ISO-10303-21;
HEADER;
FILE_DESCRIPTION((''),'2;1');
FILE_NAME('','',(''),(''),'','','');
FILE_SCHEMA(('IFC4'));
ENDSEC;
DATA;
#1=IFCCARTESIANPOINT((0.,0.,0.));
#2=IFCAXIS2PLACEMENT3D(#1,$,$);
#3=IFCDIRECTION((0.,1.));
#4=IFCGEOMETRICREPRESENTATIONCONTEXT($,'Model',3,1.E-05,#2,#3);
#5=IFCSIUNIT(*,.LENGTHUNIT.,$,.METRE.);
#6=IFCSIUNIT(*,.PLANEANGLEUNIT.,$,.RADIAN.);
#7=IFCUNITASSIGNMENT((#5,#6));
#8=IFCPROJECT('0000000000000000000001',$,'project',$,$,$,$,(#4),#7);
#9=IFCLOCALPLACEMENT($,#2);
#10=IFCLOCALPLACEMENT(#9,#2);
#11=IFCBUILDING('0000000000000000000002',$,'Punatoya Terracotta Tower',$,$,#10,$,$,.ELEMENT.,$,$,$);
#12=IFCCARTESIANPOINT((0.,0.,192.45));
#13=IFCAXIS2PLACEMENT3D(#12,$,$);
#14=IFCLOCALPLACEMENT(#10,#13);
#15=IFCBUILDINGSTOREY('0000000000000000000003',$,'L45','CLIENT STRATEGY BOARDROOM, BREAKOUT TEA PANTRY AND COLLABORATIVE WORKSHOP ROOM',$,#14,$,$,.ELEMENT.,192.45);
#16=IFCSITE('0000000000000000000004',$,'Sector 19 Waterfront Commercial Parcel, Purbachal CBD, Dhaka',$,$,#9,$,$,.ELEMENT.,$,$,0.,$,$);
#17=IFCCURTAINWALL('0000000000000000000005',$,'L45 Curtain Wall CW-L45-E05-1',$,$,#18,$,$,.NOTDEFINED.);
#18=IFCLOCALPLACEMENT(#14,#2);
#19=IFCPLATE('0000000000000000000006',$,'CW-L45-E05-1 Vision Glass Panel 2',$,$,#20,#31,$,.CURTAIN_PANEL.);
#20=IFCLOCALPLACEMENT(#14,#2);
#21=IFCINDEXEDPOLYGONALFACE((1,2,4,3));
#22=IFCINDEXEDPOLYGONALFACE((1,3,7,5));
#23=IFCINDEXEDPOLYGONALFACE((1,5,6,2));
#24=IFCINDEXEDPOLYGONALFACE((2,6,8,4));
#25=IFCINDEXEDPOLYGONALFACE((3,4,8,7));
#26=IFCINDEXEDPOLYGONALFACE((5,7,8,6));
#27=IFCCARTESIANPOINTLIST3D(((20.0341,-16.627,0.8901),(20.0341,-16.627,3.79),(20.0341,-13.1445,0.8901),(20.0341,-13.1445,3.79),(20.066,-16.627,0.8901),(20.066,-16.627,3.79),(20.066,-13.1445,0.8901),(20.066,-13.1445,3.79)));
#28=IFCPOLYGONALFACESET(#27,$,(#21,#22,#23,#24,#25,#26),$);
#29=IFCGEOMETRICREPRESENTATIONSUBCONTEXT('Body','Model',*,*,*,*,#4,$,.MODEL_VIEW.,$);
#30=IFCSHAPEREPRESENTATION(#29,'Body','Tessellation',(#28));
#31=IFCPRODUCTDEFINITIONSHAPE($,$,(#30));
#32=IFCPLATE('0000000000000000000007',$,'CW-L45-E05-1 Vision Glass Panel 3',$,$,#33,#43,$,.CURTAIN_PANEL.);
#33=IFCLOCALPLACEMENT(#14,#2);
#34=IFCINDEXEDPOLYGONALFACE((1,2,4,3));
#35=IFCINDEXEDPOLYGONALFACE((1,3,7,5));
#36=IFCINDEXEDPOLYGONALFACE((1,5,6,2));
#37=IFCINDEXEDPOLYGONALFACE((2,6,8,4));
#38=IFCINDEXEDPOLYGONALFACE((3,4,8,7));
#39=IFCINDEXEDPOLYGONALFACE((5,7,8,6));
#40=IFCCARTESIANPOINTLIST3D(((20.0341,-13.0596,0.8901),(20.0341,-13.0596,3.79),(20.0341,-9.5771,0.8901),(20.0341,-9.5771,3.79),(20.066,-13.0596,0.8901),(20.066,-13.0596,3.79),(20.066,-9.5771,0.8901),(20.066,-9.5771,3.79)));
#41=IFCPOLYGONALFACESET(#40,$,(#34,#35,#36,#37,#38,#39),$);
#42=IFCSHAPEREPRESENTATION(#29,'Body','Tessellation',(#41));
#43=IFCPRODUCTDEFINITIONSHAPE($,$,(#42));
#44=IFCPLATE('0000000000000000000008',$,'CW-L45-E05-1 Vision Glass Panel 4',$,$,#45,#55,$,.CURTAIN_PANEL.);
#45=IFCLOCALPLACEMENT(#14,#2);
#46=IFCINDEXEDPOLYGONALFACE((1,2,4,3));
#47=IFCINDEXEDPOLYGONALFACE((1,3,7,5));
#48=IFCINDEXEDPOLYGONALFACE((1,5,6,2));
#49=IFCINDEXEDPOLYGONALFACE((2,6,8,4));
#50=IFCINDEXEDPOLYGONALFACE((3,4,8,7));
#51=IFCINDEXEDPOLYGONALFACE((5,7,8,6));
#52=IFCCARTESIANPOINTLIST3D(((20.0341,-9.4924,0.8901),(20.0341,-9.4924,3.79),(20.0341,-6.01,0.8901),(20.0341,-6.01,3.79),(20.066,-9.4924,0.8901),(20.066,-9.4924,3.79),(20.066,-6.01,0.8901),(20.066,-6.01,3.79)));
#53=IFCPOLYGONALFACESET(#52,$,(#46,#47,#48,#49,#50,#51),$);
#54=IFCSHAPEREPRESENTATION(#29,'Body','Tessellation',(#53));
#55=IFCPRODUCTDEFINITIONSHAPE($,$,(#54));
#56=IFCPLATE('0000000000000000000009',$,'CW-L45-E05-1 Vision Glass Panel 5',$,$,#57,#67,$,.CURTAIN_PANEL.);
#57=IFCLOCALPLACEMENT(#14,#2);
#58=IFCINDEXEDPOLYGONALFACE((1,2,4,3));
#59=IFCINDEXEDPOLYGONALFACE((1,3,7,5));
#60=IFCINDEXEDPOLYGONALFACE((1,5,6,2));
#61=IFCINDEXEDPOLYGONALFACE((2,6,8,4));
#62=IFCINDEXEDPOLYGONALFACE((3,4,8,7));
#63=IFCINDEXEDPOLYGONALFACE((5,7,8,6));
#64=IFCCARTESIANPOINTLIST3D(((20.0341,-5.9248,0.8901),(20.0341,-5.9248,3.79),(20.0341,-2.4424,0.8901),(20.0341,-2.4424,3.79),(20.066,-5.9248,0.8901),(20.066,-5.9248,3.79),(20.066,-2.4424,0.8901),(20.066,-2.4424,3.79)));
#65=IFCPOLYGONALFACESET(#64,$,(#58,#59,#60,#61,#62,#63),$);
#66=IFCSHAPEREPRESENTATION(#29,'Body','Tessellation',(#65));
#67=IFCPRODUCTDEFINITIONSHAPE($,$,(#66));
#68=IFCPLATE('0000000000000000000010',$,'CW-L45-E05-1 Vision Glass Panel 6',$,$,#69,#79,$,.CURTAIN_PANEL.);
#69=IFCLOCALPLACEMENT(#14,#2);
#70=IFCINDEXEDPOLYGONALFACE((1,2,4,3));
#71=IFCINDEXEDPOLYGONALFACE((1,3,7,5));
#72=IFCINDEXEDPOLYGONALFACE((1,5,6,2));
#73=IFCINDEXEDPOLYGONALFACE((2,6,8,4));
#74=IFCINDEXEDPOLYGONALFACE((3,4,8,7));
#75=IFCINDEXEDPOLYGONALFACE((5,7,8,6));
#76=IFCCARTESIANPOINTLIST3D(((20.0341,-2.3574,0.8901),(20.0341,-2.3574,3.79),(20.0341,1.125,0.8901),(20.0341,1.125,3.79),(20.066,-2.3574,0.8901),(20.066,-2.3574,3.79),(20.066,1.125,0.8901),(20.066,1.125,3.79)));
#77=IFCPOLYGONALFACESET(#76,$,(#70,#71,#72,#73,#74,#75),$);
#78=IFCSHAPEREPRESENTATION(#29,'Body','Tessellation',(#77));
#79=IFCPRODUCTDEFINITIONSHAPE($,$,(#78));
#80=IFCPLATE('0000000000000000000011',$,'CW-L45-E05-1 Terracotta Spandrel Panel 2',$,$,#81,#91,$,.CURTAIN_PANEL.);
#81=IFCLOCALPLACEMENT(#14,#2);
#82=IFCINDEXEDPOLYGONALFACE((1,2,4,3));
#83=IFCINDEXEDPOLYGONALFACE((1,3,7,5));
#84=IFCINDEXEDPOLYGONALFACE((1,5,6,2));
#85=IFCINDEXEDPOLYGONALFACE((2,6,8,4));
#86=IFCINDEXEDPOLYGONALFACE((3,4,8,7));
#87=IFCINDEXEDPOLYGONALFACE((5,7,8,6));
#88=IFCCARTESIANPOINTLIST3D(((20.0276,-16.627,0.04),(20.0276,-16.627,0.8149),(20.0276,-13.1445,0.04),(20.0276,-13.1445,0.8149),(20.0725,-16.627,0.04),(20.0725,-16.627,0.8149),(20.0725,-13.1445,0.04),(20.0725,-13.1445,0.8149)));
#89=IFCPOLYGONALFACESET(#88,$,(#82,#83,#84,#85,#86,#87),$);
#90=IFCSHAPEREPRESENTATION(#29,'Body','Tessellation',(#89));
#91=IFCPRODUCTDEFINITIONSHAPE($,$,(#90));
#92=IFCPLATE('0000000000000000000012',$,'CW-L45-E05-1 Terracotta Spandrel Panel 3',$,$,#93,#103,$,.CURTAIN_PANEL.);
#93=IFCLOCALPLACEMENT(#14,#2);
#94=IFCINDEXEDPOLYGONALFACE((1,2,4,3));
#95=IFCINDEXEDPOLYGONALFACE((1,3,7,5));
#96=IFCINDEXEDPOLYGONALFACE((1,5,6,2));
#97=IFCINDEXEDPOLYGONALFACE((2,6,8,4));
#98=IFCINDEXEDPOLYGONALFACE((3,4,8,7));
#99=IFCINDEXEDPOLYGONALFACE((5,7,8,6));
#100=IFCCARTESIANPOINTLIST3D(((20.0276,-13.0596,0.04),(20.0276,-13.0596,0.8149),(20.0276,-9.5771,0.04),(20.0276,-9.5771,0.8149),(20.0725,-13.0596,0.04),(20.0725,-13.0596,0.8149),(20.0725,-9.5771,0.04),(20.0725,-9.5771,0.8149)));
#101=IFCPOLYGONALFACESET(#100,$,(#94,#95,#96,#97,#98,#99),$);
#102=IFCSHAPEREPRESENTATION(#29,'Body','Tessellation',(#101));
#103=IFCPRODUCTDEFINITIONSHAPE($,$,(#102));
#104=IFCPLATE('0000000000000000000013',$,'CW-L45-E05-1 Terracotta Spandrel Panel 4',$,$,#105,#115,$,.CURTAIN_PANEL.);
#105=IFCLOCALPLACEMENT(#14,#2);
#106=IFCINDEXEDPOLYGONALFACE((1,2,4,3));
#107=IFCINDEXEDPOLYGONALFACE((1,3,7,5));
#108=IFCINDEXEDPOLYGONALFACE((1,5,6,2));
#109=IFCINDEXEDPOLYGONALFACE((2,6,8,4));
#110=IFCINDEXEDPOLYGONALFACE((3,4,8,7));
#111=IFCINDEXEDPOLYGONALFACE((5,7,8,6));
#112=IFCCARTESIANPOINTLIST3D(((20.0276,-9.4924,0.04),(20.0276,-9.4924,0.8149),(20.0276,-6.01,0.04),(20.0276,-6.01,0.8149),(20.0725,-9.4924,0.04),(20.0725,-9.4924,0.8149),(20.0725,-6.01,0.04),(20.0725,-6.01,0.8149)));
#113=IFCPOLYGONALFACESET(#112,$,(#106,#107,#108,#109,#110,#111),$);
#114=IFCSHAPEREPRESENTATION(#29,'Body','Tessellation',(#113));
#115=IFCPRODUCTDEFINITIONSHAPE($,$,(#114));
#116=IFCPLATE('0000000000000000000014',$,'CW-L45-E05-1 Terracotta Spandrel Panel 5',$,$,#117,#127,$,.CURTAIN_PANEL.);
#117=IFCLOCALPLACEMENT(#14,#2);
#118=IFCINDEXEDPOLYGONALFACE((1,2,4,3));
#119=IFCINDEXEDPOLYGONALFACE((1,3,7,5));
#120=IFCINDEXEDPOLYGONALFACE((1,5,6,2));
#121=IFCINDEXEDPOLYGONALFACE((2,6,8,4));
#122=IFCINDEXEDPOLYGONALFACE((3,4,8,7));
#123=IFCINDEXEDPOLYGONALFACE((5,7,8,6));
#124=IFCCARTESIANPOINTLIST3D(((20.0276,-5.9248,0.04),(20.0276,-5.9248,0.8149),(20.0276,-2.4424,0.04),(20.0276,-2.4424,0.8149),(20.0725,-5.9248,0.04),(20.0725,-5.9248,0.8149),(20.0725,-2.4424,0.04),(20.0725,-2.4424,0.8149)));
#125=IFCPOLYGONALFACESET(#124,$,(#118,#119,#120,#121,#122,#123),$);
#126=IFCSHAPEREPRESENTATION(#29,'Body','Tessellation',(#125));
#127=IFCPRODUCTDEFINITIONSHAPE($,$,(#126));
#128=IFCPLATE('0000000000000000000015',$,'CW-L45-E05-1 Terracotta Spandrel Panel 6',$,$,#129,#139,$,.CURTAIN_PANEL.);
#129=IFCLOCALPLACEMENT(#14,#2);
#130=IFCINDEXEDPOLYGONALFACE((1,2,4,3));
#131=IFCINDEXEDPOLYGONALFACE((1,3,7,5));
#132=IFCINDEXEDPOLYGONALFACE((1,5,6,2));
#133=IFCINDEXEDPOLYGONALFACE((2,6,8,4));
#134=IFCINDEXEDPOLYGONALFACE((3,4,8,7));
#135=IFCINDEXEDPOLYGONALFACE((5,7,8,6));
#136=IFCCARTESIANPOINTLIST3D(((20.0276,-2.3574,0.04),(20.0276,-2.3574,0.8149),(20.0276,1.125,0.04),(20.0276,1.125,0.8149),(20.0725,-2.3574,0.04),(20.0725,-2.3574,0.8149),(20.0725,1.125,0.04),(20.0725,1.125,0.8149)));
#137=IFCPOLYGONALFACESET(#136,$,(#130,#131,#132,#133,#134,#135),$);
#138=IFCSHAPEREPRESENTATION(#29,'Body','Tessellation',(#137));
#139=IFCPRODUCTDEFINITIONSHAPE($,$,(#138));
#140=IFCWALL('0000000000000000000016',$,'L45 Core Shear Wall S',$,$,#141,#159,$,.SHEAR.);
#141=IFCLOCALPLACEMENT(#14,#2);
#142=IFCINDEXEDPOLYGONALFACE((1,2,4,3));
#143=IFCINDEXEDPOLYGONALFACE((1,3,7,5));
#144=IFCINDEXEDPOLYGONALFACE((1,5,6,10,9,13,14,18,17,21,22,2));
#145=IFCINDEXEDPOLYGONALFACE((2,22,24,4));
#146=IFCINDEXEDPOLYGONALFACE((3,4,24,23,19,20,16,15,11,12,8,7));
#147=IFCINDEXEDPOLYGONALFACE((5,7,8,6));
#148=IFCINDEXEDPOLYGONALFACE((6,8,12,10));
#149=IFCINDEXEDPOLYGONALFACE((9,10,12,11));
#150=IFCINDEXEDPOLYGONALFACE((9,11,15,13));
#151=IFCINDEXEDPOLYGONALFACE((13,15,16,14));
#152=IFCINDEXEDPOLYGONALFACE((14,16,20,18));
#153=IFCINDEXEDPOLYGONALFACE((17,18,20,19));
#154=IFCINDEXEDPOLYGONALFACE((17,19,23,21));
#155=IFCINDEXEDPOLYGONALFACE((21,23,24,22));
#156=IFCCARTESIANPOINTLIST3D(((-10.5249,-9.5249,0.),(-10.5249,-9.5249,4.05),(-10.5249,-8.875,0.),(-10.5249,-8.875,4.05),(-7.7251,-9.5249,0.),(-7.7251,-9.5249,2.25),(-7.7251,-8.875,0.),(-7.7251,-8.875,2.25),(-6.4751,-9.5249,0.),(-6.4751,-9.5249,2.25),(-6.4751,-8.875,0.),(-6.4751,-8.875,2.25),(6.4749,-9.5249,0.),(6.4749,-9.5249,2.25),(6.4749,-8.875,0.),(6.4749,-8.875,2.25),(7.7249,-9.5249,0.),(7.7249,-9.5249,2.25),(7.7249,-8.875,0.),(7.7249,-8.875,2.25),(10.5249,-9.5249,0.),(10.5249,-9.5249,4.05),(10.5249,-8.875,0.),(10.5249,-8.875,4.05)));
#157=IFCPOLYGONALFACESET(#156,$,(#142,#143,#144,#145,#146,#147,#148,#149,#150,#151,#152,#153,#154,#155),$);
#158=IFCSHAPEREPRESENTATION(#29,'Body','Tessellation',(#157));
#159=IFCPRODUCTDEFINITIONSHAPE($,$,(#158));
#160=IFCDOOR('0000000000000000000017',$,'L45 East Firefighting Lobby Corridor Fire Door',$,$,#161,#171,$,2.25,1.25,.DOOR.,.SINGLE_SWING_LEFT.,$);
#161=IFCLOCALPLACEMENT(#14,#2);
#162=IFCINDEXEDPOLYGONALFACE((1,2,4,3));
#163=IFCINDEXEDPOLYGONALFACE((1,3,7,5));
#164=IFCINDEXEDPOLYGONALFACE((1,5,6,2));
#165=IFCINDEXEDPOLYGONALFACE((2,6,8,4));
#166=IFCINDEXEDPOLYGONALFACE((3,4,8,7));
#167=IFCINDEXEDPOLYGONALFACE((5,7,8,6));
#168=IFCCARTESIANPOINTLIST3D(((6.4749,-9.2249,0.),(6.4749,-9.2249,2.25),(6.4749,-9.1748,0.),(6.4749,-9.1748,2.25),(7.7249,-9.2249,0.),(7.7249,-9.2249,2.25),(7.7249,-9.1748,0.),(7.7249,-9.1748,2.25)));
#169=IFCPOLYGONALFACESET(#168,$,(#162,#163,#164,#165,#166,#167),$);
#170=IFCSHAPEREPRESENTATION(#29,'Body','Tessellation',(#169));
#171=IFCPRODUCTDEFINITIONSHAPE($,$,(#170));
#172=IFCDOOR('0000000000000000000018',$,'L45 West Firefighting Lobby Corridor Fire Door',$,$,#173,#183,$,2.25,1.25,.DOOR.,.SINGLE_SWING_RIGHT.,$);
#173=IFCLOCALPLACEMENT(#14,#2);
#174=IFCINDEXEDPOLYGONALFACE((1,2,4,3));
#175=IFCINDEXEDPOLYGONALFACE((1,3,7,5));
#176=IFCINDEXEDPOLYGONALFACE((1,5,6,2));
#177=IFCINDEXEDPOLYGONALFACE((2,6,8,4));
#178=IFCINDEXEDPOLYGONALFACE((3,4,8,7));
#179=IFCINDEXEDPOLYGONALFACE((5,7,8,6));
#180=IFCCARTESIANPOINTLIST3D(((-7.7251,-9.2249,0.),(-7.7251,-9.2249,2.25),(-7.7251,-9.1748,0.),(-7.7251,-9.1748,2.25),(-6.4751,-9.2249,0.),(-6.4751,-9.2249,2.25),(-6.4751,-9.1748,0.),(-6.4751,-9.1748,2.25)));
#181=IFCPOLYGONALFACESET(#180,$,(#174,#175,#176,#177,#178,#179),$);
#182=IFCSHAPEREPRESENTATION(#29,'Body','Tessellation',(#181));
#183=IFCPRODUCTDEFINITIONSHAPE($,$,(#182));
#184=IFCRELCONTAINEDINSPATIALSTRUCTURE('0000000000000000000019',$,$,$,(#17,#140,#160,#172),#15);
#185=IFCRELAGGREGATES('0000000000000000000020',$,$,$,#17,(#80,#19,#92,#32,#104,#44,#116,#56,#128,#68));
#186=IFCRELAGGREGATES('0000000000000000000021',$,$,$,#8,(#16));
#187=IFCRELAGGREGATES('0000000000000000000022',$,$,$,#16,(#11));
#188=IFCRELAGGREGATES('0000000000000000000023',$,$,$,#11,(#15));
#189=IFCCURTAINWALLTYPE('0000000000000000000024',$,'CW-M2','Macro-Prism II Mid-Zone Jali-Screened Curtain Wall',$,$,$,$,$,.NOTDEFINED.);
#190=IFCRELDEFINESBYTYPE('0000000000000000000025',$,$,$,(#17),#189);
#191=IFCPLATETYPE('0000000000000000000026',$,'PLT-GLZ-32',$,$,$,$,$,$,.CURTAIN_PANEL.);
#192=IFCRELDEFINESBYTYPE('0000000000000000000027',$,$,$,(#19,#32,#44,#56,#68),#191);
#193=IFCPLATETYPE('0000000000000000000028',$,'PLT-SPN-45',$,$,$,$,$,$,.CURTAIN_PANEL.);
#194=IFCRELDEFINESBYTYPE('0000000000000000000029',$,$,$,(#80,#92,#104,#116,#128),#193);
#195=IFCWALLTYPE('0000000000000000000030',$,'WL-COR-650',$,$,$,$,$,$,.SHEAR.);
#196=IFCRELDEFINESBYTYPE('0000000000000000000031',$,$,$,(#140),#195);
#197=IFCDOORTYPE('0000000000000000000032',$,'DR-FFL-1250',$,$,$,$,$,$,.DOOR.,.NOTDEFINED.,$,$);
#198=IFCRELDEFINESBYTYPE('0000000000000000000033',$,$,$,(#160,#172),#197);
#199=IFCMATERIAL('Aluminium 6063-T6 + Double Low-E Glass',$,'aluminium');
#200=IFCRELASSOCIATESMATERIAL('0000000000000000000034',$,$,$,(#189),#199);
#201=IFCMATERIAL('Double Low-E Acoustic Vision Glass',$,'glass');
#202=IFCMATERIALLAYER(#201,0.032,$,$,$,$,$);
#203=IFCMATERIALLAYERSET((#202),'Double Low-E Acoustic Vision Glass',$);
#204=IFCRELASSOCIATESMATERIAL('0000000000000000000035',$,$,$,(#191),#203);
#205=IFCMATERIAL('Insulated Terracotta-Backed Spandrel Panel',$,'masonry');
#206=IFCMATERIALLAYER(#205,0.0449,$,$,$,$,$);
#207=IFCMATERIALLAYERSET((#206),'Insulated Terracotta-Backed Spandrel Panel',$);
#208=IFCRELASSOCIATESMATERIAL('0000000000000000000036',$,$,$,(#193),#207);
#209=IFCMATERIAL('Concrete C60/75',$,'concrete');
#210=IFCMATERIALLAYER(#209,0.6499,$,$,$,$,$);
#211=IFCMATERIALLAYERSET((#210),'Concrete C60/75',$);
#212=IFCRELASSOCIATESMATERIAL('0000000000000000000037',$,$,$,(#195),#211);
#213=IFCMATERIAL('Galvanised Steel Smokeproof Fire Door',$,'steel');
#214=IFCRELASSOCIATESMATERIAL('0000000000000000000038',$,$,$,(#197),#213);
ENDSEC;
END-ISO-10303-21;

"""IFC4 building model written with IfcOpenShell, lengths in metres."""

from ifc_helpers import new_model, si_unit, direction, frame, frame_2d, origin, origin_2d, place, context, subcontext, project, spatial, rectangle, extrude, material, layer, layer_set, type_object, element, fill, aggregate, save


model = new_model("IFC4")

# Units and contexts
model_context = context("Model", 3, precision=1e-05, world=origin(), true_north=direction((0.0, 1.0)))
body_context = subcontext(model_context, "Body", "Model", "MODEL_VIEW")
ifc_project = project(units=[si_unit("LENGTHUNIT", "METRE"), si_unit("PLANEANGLEUNIT", "RADIAN")], contexts=[model_context])

# Site, building, storey
site_placement = place(None, origin())
site = spatial("IfcSite", under=ifc_project, at=site_placement, Name="Sector 19 Waterfront Commercial Parcel, Purbachal CBD, Dhaka", CompositionType="ELEMENT", RefElevation=0.0)
building_placement = place(site_placement, origin())
building = spatial("IfcBuilding", under=site, at=building_placement, Name="Punatoya Terracotta Tower", CompositionType="ELEMENT")
storey_placement = place(building_placement, frame((0.0, 0.0, 192.45)))
storey = spatial("IfcBuildingStorey", under=building, at=storey_placement, Name="L45", Description="CLIENT STRATEGY BOARDROOM, BREAKOUT TEA PANTRY AND COLLABORATIVE WORKSHOP ROOM", CompositionType="ELEMENT", Elevation=192.45)

# Curtain wall, plates
ifc_material_1 = material(Name="Aluminium 6063-T6 + Double Low-E Glass", Category="aluminium")
curtain_wall_type = type_object("IfcCurtainWallType", Name="CW-M2", Description="Macro-Prism II Mid-Zone Jali-Screened Curtain Wall", PredefinedType="NOTDEFINED", material=ifc_material_1)
curtain_wall_placement = place(storey_placement, origin())
curtain_wall = element("IfcCurtainWall", 1, at=curtain_wall_placement, inside=storey, type_object=curtain_wall_type, Name="L45 Curtain Wall CW-L45-E05-1", PredefinedType="NOTDEFINED")
ifc_material_2 = material(Name="Double Low-E Acoustic Vision Glass", Category="glass")
ifc_layer_1 = layer(ifc_material_2, 0.032)
ifc_layer_set_1 = layer_set([ifc_layer_1], Name="Double Low-E Acoustic Vision Glass")
plate_type_1 = type_object("IfcPlateType", Name="PLT-GLZ-32", PredefinedType="CURTAIN_PANEL", material=ifc_layer_set_1)
plate_1_placement = place(storey_placement, frame((20.05, -14.8857, 0.8901), z_axis=(0.0, 0.0, 1.0), x_axis=(0.0, 1.0, 0.0)))
plate_1 = element("IfcPlate", 2, at=plate_1_placement, type_object=plate_type_1, Name="CW-L45-E05-1 Vision Glass Panel 2", PredefinedType="CURTAIN_PANEL", context=body_context, shape_type="SweptSolid", body=[
    extrude(rectangle(XDim=3.4824, YDim=0.032, at=origin_2d()), origin(), (0.0, 0.0, 1.0), 2.8999),
])
plate_2_placement = place(storey_placement, frame((20.05, -11.3184, 0.8901), z_axis=(0.0, 0.0, 1.0), x_axis=(0.0, 1.0, 0.0)))
plate_2 = element("IfcPlate", 3, at=plate_2_placement, type_object=plate_type_1, Name="CW-L45-E05-1 Vision Glass Panel 3", PredefinedType="CURTAIN_PANEL", context=body_context, shape_type="SweptSolid", body=[
    extrude(rectangle(XDim=3.4824, YDim=0.032, at=origin_2d()), origin(), (0.0, 0.0, 1.0), 2.8999),
])
plate_3_placement = place(storey_placement, frame((20.05, -7.7512, 0.8901), z_axis=(0.0, 0.0, 1.0), x_axis=(0.0, 1.0, 0.0)))
plate_3 = element("IfcPlate", 4, at=plate_3_placement, type_object=plate_type_1, Name="CW-L45-E05-1 Vision Glass Panel 4", PredefinedType="CURTAIN_PANEL", context=body_context, shape_type="SweptSolid", body=[
    extrude(rectangle(XDim=3.4824, YDim=0.032, at=origin_2d()), origin(), (0.0, 0.0, 1.0), 2.8999),
])
plate_4_placement = place(storey_placement, frame((20.05, -4.1836, 0.8901), z_axis=(0.0, 0.0, 1.0), x_axis=(0.0, 1.0, 0.0)))
plate_4 = element("IfcPlate", 5, at=plate_4_placement, type_object=plate_type_1, Name="CW-L45-E05-1 Vision Glass Panel 5", PredefinedType="CURTAIN_PANEL", context=body_context, shape_type="SweptSolid", body=[
    extrude(rectangle(XDim=3.4824, YDim=0.032, at=origin_2d()), origin(), (0.0, 0.0, 1.0), 2.8999),
])
plate_5_placement = place(storey_placement, frame((20.05, -0.6162, 0.8901), z_axis=(0.0, 0.0, 1.0), x_axis=(0.0, 1.0, 0.0)))
plate_5 = element("IfcPlate", 6, at=plate_5_placement, type_object=plate_type_1, Name="CW-L45-E05-1 Vision Glass Panel 6", PredefinedType="CURTAIN_PANEL", context=body_context, shape_type="SweptSolid", body=[
    extrude(rectangle(XDim=3.4824, YDim=0.032, at=origin_2d()), origin(), (0.0, 0.0, 1.0), 2.8999),
])
ifc_material_3 = material(Name="Insulated Terracotta-Backed Spandrel Panel", Category="masonry")
ifc_layer_2 = layer(ifc_material_3, 0.0449)
ifc_layer_set_2 = layer_set([ifc_layer_2], Name="Insulated Terracotta-Backed Spandrel Panel")
plate_type_2 = type_object("IfcPlateType", Name="PLT-SPN-45", PredefinedType="CURTAIN_PANEL", material=ifc_layer_set_2)
plate_6_placement = place(storey_placement, frame((20.05, -14.8857, 0.04), z_axis=(0.0, 0.0, 1.0), x_axis=(0.0, 1.0, 0.0)))
plate_6 = element("IfcPlate", 7, at=plate_6_placement, type_object=plate_type_2, Name="CW-L45-E05-1 Terracotta Spandrel Panel 2", PredefinedType="CURTAIN_PANEL", context=body_context, shape_type="SweptSolid", body=[
    extrude(rectangle(XDim=3.4824, YDim=0.0449, at=origin_2d()), origin(), (0.0, 0.0, 1.0), 0.7749),
])
plate_7_placement = place(storey_placement, frame((20.05, -11.3184, 0.04), z_axis=(0.0, 0.0, 1.0), x_axis=(0.0, 1.0, 0.0)))
plate_7 = element("IfcPlate", 8, at=plate_7_placement, type_object=plate_type_2, Name="CW-L45-E05-1 Terracotta Spandrel Panel 3", PredefinedType="CURTAIN_PANEL", context=body_context, shape_type="SweptSolid", body=[
    extrude(rectangle(XDim=3.4824, YDim=0.0449, at=origin_2d()), origin(), (0.0, 0.0, 1.0), 0.7749),
])
plate_8_placement = place(storey_placement, frame((20.05, -7.7512, 0.04), z_axis=(0.0, 0.0, 1.0), x_axis=(0.0, 1.0, 0.0)))
plate_8 = element("IfcPlate", 9, at=plate_8_placement, type_object=plate_type_2, Name="CW-L45-E05-1 Terracotta Spandrel Panel 4", PredefinedType="CURTAIN_PANEL", context=body_context, shape_type="SweptSolid", body=[
    extrude(rectangle(XDim=3.4824, YDim=0.0449, at=origin_2d()), origin(), (0.0, 0.0, 1.0), 0.7749),
])
plate_9_placement = place(storey_placement, frame((20.05, -4.1836, 0.04), z_axis=(0.0, 0.0, 1.0), x_axis=(0.0, 1.0, 0.0)))
plate_9 = element("IfcPlate", 10, at=plate_9_placement, type_object=plate_type_2, Name="CW-L45-E05-1 Terracotta Spandrel Panel 5", PredefinedType="CURTAIN_PANEL", context=body_context, shape_type="SweptSolid", body=[
    extrude(rectangle(XDim=3.4824, YDim=0.0449, at=origin_2d()), origin(), (0.0, 0.0, 1.0), 0.7749),
])
plate_10_placement = place(storey_placement, frame((20.05, -0.6162, 0.04), z_axis=(0.0, 0.0, 1.0), x_axis=(0.0, 1.0, 0.0)))
plate_10 = element("IfcPlate", 11, at=plate_10_placement, type_object=plate_type_2, Name="CW-L45-E05-1 Terracotta Spandrel Panel 6", PredefinedType="CURTAIN_PANEL", context=body_context, shape_type="SweptSolid", body=[
    extrude(rectangle(XDim=3.4824, YDim=0.0449, at=origin_2d()), origin(), (0.0, 0.0, 1.0), 0.7749),
])
aggregate(curtain_wall, [plate_6, plate_1, plate_7, plate_2, plate_8, plate_3, plate_9, plate_4, plate_10, plate_5])

# Wall, openings, doors
ifc_material_4 = material(Name="Concrete C60/75", Category="concrete")
ifc_layer_3 = layer(ifc_material_4, 0.6499)
ifc_layer_set_3 = layer_set([ifc_layer_3], Name="Concrete C60/75")
wall_type_1 = type_object("IfcWallType", Name="WL-COR-650", PredefinedType="SHEAR", material=ifc_layer_set_3)
wall_1_placement = place(storey_placement, frame((10.5249, -9.2, 0.0), z_axis=(0.0, 0.0, 1.0), x_axis=(-1.0, 0.0, 0.0)))
wall_1 = element("IfcWall", 12, at=wall_1_placement, inside=storey, type_object=wall_type_1, Name="L45 Core Shear Wall S", PredefinedType="SHEAR", context=body_context, shape_type="SweptSolid", body=[
    extrude(rectangle(XDim=21.0498, YDim=0.6499, at=frame_2d((10.5249, 0.0))), origin(), (0.0, 0.0, 1.0), 4.05),
])
opening_1_placement = place(wall_1_placement, frame((2.8, 0.0, 0.0)))
opening_1 = element("IfcOpeningElement", 13, at=opening_1_placement, cuts=wall_1, PredefinedType="OPENING", context=body_context, shape_type="SweptSolid", body=[
    extrude(rectangle(XDim=1.25, YDim=2.25, at=frame_2d((0.625, 1.125))), frame((0.0, 0.335, 0.0), z_axis=(0.0, -1.0, 0.0), x_axis=(1.0, 0.0, 0.0)), (0.0, 0.0, 1.0), 0.6699),
])
opening_2_placement = place(wall_1_placement, frame((17.0, 0.0, 0.0)))
opening_2 = element("IfcOpeningElement", 14, at=opening_2_placement, cuts=wall_1, PredefinedType="OPENING", context=body_context, shape_type="SweptSolid", body=[
    extrude(rectangle(XDim=1.25, YDim=2.25, at=frame_2d((0.625, 1.125))), frame((0.0, 0.335, 0.0), z_axis=(0.0, -1.0, 0.0), x_axis=(1.0, 0.0, 0.0)), (0.0, 0.0, 1.0), 0.6699),
])
ifc_material_5 = material(Name="Galvanised Steel Smokeproof Fire Door", Category="steel")
door_type_1 = type_object("IfcDoorType", Name="DR-FFL-1250", OperationType="NOTDEFINED", PredefinedType="DOOR", material=ifc_material_5)
door_1_placement = place(opening_1_placement, origin())
door_1 = element("IfcDoor", 15, at=door_1_placement, inside=storey, type_object=door_type_1, Name="L45 East Firefighting Lobby Corridor Fire Door", OperationType="SINGLE_SWING_LEFT", OverallHeight=2.25, OverallWidth=1.25, PredefinedType="DOOR", context=body_context, shape_type="SweptSolid", body=[
    extrude(rectangle(XDim=1.25, YDim=2.25, at=frame_2d((0.625, 1.125))), frame((0.0, 0.0249, 0.0), z_axis=(0.0, -1.0, 0.0), x_axis=(1.0, 0.0, 0.0)), (0.0, 0.0, 1.0), 0.05),
])
fill(opening_1, door_1)
door_2_placement = place(opening_2_placement, origin())
door_2 = element("IfcDoor", 16, at=door_2_placement, inside=storey, type_object=door_type_1, Name="L45 West Firefighting Lobby Corridor Fire Door", OperationType="SINGLE_SWING_RIGHT", OverallHeight=2.25, OverallWidth=1.25, PredefinedType="DOOR", context=body_context, shape_type="SweptSolid", body=[
    extrude(rectangle(XDim=1.25, YDim=2.25, at=frame_2d((0.625, 1.125))), frame((0.0, 0.0249, 0.0), z_axis=(0.0, -1.0, 0.0), x_axis=(1.0, 0.0, 0.0)), (0.0, 0.0, 1.0), 0.05),
])
fill(opening_2, door_2)

save(model, "model.ifc")
